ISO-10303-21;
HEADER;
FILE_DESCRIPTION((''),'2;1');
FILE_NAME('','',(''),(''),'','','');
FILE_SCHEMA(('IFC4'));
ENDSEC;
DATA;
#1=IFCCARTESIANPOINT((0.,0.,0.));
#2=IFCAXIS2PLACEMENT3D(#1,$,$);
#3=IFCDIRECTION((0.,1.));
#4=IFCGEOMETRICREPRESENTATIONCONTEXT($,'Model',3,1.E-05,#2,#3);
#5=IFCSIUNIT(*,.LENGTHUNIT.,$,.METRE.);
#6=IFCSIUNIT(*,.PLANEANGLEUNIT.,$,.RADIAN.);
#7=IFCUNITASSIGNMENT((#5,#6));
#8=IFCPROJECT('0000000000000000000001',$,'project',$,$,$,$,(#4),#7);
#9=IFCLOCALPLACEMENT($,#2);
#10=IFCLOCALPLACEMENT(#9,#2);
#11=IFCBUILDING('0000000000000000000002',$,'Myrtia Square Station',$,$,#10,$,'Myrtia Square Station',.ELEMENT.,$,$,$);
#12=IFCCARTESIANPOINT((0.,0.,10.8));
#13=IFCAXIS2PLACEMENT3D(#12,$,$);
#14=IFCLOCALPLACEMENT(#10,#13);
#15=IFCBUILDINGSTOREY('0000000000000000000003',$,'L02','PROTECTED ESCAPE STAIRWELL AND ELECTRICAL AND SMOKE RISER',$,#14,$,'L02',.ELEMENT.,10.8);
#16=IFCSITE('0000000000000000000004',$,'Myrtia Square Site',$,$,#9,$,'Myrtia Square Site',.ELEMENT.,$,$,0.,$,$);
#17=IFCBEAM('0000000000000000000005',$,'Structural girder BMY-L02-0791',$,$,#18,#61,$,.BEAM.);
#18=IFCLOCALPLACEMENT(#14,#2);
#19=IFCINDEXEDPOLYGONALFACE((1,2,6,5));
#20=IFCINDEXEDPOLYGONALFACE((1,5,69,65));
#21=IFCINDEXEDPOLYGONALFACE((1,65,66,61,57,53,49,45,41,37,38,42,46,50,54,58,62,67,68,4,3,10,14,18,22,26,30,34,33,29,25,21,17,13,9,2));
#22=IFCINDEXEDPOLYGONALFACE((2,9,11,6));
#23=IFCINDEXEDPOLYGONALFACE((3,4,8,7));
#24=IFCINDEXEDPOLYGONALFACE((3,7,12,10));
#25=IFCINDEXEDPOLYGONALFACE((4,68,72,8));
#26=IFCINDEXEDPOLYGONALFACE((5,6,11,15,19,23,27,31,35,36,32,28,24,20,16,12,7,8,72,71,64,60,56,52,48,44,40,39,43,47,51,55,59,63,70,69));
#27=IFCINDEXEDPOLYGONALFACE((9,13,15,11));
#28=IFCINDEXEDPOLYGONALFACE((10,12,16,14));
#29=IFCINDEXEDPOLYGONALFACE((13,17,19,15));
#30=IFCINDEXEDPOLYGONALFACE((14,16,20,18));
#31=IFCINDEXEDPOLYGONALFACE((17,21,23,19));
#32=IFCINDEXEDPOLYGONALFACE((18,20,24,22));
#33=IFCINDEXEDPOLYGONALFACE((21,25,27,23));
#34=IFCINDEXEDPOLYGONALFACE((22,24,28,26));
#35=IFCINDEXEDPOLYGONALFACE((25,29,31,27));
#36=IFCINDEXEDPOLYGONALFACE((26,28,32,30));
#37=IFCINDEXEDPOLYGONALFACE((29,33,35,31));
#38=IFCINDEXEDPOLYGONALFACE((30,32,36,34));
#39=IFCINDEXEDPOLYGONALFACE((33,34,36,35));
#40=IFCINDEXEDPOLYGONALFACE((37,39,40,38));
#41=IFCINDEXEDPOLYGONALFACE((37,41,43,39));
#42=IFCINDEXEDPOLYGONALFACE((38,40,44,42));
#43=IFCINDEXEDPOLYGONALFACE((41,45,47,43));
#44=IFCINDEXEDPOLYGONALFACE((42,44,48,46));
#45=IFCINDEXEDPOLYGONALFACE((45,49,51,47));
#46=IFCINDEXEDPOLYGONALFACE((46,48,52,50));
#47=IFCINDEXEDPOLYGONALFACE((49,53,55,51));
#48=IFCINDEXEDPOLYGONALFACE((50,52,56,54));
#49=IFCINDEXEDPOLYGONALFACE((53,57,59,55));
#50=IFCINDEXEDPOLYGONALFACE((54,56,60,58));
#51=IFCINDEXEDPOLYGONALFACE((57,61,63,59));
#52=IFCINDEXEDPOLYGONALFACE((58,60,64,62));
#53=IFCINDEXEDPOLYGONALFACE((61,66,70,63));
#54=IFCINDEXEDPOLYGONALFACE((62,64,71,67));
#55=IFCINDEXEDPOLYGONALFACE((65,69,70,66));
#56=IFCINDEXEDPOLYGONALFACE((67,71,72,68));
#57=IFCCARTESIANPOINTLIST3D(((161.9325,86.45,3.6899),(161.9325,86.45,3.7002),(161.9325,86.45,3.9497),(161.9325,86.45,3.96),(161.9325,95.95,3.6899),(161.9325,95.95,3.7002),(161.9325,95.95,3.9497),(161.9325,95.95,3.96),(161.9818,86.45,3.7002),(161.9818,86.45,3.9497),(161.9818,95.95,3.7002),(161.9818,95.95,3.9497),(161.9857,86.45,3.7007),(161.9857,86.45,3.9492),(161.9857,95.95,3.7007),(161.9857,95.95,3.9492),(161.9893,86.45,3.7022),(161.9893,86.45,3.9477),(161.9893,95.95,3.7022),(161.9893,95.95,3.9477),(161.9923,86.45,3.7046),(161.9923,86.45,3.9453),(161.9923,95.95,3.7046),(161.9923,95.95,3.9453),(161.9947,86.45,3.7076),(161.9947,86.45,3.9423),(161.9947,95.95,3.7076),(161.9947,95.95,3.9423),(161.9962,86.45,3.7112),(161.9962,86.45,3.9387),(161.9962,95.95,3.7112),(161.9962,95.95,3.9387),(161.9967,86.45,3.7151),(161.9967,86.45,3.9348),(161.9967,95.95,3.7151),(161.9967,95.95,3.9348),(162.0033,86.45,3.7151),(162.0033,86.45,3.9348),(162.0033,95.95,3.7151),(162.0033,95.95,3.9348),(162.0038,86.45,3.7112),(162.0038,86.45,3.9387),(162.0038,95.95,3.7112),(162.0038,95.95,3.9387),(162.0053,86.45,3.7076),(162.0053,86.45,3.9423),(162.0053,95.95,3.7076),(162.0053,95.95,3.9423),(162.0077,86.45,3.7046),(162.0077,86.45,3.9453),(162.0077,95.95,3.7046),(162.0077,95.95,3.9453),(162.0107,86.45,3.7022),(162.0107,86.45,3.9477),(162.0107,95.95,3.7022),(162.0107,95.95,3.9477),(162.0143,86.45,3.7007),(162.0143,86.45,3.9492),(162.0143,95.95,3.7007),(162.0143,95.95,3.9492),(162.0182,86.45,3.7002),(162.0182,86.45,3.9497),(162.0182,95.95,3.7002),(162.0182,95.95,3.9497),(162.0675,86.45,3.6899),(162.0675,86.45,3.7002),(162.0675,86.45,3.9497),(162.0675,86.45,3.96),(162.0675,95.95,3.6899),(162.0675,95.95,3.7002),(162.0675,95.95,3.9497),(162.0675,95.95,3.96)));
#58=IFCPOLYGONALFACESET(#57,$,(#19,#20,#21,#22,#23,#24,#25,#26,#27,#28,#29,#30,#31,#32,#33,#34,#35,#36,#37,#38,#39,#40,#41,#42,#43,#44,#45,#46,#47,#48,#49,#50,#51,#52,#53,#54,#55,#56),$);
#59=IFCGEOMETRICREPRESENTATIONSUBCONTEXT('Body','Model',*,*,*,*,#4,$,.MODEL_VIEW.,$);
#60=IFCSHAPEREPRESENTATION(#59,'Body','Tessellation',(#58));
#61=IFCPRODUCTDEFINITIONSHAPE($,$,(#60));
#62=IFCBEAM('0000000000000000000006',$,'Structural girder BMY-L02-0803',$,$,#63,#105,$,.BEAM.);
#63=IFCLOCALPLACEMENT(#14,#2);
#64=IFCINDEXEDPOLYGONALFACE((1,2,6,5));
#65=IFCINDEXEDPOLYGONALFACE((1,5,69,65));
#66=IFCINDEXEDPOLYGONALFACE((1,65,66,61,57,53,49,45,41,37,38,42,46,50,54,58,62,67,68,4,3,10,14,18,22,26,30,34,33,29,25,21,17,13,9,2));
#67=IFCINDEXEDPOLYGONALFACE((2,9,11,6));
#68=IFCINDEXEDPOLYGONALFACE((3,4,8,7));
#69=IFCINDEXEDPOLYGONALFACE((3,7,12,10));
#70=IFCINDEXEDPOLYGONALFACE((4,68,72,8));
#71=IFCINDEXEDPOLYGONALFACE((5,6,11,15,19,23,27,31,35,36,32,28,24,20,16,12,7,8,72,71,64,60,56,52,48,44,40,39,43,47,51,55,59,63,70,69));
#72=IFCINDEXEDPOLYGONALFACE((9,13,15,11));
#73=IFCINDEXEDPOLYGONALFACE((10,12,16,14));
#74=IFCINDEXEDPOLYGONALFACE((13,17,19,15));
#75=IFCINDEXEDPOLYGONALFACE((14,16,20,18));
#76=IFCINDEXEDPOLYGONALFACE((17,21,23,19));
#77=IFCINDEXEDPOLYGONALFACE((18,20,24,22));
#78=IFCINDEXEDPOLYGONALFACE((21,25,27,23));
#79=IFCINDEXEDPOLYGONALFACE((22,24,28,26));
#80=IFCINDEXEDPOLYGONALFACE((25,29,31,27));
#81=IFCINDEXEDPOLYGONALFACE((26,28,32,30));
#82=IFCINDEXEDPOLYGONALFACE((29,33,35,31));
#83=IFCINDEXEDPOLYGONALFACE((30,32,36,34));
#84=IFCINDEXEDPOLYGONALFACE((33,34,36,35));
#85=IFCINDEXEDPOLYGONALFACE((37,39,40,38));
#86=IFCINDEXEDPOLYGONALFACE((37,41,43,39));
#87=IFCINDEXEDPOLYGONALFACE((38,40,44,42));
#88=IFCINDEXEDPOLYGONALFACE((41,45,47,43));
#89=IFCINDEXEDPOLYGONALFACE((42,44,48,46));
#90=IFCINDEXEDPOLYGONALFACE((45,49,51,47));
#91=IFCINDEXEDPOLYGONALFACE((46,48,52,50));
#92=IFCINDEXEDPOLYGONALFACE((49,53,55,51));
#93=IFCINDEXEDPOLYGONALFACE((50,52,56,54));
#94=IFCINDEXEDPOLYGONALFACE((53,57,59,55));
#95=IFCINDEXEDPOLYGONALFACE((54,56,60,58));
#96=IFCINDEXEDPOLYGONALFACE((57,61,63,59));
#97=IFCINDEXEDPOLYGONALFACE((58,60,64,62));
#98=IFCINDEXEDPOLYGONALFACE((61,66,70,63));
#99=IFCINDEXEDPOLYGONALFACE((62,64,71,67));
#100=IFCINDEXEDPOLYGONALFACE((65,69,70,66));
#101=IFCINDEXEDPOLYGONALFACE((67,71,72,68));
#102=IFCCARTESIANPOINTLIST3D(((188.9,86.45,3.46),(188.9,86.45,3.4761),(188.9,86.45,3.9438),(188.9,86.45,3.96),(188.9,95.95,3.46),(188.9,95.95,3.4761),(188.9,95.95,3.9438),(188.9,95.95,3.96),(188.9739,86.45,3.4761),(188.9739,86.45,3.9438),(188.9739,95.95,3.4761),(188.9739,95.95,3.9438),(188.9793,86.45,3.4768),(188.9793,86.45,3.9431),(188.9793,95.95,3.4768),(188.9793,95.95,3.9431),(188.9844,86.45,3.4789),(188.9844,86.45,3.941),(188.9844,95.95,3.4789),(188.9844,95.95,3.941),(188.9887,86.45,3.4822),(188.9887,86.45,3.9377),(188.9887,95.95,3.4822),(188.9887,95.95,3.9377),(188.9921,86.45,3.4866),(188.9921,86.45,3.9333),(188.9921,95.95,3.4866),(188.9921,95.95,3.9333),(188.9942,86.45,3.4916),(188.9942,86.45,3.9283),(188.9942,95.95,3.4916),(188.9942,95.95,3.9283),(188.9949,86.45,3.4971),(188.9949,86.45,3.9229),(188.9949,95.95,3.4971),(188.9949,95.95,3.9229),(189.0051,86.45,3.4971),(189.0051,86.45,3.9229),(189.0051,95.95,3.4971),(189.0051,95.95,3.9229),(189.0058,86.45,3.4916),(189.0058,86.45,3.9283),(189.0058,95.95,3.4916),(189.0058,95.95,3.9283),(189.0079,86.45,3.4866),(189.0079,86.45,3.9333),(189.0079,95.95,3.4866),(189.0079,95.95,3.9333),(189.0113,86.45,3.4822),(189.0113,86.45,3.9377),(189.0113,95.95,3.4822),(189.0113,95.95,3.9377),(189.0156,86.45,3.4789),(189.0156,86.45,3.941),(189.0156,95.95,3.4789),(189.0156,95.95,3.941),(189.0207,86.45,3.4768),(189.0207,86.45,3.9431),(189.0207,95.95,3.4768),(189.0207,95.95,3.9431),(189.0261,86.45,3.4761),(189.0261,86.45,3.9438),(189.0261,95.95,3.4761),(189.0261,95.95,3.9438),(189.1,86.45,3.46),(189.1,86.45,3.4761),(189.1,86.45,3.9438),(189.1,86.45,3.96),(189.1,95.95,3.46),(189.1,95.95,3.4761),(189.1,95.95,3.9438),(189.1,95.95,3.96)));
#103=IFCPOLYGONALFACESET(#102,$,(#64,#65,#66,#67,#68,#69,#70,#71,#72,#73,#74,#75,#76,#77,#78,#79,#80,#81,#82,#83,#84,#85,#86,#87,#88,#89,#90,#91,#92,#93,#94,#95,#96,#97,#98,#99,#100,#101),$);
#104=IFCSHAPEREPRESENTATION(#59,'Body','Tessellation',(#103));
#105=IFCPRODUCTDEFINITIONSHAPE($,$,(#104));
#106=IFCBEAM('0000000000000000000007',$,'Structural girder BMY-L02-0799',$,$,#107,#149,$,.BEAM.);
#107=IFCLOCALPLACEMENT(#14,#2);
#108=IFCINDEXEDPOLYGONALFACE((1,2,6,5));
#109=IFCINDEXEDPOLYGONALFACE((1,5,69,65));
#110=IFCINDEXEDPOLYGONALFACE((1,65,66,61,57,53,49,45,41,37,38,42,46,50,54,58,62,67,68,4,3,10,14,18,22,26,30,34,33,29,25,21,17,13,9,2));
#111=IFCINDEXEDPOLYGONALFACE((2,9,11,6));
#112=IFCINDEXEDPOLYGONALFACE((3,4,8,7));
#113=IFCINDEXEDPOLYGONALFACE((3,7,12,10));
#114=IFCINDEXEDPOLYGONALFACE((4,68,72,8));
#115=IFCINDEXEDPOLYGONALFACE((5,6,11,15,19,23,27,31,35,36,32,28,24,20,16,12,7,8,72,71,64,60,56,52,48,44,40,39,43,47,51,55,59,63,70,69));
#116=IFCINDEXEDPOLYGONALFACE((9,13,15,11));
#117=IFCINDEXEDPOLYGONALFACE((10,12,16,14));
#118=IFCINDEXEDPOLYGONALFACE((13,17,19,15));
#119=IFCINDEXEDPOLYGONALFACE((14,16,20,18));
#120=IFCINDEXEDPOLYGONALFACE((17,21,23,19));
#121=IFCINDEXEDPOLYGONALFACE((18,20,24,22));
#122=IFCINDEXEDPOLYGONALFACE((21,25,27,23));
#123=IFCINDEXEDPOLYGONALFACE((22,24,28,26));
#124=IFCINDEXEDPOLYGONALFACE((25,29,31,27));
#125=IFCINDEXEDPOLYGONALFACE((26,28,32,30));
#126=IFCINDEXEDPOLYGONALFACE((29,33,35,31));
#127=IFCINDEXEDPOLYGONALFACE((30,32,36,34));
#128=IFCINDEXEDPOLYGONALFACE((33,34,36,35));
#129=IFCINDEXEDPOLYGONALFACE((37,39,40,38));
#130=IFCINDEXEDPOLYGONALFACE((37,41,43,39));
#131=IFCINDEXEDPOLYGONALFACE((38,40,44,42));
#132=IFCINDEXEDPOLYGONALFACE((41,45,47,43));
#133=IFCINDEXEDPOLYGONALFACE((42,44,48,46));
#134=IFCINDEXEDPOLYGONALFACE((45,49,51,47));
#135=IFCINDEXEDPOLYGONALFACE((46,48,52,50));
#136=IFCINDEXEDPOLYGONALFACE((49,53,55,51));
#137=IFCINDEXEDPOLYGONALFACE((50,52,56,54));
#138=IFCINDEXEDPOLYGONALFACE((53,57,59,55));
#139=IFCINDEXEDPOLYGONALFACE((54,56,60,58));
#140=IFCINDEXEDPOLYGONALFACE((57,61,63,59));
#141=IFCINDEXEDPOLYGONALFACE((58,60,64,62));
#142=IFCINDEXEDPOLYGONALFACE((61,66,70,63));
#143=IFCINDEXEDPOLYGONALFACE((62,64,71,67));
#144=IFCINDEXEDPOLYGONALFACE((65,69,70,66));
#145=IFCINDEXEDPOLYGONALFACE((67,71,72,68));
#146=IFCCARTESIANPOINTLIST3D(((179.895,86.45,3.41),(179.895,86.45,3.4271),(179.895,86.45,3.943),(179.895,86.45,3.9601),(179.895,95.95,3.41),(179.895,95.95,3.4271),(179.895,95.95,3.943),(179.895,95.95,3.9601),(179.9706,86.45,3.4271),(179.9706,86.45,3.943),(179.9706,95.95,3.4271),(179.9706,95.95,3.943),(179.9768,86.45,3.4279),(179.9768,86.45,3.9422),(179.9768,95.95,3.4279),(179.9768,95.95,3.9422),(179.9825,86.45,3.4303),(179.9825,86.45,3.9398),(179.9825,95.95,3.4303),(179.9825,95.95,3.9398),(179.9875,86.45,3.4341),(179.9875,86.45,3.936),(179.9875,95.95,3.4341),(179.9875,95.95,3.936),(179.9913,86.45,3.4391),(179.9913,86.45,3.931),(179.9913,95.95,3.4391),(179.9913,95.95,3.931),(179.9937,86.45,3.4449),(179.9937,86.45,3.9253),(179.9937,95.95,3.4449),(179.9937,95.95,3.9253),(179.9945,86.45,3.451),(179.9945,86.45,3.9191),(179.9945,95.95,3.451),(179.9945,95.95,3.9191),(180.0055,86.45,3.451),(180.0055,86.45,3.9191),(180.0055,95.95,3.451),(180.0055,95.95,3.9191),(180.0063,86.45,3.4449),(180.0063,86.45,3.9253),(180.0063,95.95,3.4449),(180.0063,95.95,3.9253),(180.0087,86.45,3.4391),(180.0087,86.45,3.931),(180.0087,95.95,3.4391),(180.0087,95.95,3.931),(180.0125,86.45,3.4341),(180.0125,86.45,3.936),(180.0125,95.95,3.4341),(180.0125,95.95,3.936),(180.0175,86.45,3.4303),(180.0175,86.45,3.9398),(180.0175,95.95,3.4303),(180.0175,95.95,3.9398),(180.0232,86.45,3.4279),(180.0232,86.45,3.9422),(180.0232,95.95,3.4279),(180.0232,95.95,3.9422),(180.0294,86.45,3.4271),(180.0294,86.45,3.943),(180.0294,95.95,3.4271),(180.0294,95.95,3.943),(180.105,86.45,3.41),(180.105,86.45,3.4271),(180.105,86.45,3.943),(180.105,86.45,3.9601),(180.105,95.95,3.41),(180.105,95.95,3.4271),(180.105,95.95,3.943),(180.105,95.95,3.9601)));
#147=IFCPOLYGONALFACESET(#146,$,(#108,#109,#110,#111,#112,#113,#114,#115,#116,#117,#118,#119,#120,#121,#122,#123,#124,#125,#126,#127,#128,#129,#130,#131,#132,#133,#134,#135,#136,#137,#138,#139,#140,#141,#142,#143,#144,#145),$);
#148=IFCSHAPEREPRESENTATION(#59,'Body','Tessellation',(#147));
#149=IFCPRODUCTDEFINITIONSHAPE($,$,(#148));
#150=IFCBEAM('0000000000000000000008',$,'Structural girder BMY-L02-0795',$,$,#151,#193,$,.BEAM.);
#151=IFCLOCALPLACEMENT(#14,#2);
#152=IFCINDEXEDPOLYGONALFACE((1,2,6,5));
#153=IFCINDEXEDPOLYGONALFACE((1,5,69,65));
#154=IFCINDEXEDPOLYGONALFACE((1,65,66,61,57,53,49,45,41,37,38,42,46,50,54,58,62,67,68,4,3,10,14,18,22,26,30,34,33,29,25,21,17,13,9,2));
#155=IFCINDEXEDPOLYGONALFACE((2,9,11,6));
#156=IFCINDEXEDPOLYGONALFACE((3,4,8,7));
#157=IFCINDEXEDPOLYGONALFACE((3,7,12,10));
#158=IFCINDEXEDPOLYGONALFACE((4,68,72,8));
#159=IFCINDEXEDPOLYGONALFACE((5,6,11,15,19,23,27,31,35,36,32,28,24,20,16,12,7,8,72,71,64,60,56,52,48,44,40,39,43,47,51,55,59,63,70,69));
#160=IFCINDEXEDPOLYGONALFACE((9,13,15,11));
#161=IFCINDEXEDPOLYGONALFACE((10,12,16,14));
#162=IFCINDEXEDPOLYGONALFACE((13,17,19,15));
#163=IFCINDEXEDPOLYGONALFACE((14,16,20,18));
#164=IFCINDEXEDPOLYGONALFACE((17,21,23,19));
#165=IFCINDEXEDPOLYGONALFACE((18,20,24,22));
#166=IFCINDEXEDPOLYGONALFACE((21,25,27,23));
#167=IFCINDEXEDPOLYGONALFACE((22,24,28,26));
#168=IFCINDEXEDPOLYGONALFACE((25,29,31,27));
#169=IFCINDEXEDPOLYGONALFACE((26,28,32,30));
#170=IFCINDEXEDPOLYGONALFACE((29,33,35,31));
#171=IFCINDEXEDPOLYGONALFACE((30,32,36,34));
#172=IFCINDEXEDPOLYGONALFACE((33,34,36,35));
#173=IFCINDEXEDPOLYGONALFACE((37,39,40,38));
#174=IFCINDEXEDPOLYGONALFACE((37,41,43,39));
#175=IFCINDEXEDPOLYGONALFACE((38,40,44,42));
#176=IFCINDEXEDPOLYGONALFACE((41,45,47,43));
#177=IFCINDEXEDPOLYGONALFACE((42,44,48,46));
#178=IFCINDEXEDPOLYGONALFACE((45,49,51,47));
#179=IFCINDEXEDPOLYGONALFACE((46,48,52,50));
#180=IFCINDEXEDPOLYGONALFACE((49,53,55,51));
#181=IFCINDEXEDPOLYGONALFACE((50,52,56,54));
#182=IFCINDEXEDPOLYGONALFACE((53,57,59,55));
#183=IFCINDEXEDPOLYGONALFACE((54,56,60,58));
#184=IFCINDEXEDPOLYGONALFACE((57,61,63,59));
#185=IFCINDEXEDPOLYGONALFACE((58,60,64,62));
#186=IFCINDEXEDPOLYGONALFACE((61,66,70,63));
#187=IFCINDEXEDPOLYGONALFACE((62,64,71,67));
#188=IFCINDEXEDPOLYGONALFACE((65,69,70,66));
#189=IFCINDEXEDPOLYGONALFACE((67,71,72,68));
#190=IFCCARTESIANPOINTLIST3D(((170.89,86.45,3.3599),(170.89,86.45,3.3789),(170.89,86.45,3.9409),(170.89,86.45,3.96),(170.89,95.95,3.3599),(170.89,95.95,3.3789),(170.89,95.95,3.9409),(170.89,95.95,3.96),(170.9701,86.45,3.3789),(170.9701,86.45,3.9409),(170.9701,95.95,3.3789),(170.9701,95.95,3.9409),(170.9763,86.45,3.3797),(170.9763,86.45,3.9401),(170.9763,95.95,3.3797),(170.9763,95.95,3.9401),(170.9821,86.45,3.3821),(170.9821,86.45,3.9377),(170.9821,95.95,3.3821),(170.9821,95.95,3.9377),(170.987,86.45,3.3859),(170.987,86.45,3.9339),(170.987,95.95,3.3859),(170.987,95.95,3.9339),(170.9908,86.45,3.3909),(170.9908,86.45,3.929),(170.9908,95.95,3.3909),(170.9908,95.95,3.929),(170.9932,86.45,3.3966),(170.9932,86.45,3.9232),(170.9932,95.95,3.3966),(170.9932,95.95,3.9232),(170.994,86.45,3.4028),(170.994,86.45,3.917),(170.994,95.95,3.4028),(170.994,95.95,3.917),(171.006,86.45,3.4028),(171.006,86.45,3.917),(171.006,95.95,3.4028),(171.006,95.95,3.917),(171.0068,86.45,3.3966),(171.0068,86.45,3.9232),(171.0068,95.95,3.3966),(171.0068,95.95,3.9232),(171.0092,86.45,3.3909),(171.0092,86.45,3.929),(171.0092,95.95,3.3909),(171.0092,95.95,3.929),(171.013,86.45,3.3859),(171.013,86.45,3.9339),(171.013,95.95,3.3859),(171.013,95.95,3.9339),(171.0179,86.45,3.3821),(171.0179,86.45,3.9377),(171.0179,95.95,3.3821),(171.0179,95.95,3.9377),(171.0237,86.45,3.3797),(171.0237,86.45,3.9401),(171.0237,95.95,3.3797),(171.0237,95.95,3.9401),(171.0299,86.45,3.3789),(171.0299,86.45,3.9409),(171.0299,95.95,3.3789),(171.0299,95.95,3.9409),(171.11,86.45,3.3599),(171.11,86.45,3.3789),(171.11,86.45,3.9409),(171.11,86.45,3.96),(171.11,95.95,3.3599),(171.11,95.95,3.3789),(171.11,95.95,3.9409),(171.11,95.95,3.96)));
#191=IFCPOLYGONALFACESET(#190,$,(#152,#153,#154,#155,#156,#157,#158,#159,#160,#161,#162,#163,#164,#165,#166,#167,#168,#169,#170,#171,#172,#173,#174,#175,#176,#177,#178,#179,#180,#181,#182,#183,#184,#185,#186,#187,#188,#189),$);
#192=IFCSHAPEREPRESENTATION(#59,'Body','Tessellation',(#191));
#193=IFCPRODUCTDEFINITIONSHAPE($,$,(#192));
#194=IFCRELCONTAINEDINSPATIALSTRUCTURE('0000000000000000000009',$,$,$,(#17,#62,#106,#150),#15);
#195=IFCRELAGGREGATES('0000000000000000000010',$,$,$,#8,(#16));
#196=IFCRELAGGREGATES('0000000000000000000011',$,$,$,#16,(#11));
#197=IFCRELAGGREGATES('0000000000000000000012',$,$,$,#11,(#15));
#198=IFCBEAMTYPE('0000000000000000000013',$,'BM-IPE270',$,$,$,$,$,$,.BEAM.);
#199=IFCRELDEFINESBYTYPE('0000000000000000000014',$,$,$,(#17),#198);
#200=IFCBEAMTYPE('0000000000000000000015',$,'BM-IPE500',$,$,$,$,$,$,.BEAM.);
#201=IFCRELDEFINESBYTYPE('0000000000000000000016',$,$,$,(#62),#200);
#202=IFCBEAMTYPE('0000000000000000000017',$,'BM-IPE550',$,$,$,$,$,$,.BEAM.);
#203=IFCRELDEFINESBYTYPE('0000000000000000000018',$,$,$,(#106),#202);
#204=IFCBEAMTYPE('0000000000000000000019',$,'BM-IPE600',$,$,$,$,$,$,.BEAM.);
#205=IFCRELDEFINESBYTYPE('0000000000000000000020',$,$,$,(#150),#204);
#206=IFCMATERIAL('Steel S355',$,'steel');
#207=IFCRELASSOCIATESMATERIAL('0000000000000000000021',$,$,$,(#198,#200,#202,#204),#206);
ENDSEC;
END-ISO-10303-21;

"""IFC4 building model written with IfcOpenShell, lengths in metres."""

from ifc_helpers import new_model, si_unit, direction, frame, origin, origin_2d, place, context, subcontext, project, spatial, i_section, extrude, material, material_profile, profile_set, type_object, element, save


model = new_model("IFC4")

# Units and contexts
model_context = context("Model", 3, precision=1e-05, world=origin(), true_north=direction((0.0, 1.0)))
body_context = subcontext(model_context, "Body", "Model", "MODEL_VIEW")
ifc_project = project(units=[si_unit("LENGTHUNIT", "METRE"), si_unit("PLANEANGLEUNIT", "RADIAN")], contexts=[model_context])

# Site, building, storey
site_placement = place(None, origin())
site = spatial("IfcSite", under=ifc_project, at=site_placement, Name="Myrtia Square Site", LongName="Myrtia Square Site", CompositionType="ELEMENT", RefElevation=0.0)
building_placement = place(site_placement, origin())
building = spatial("IfcBuilding", under=site, at=building_placement, Name="Myrtia Square Station", LongName="Myrtia Square Station", CompositionType="ELEMENT")
storey_placement = place(building_placement, frame((0.0, 0.0, 10.8)))
storey = spatial("IfcBuildingStorey", under=building, at=storey_placement, Name="L02", Description="PROTECTED ESCAPE STAIRWELL AND ELECTRICAL AND SMOKE RISER", LongName="L02", CompositionType="ELEMENT", Elevation=10.8)

# Shared definitions
ifc_material_1 = material(Name="Steel S355", Category="steel")

# Beams
ifc_material_profile_1 = material_profile(ifc_material_1, i_section(OverallWidth=0.135, OverallDepth=0.27, WebThickness=0.0066, FlangeThickness=0.0103, FilletRadius=0.0149, at=origin_2d()), Name="IPE 270")
ifc_profile_set_1 = profile_set([ifc_material_profile_1], Name="Steel S355")
beam_type_1 = type_object("IfcBeamType", Name="BM-IPE270", PredefinedType="BEAM", material=ifc_profile_set_1)
beam_1_placement = place(storey_placement, frame((162.0, 86.45, 3.825), z_axis=(0.0, 1.0, 0.0), x_axis=(-1.0, 0.0, 0.0)))
element("IfcBeam", 1, at=beam_1_placement, inside=storey, type_object=beam_type_1, Name="Structural girder BMY-L02-0791", PredefinedType="BEAM", context=body_context, shape_type="SweptSolid", body=[
    extrude(i_section(OverallWidth=0.135, OverallDepth=0.27, WebThickness=0.0066, FlangeThickness=0.0103, FilletRadius=0.0149, at=origin_2d()), origin(), (0.0, 0.0, 1.0), 9.5),
])
ifc_material_profile_2 = material_profile(ifc_material_1, i_section(OverallWidth=0.2, OverallDepth=0.5, WebThickness=0.0103, FlangeThickness=0.0161, FilletRadius=0.021, at=origin_2d()), Name="IPE 500")
ifc_profile_set_2 = profile_set([ifc_material_profile_2], Name="Steel S355")
beam_type_2 = type_object("IfcBeamType", Name="BM-IPE500", PredefinedType="BEAM", material=ifc_profile_set_2)
beam_2_placement = place(storey_placement, frame((189.0, 86.45, 3.71), z_axis=(0.0, 1.0, 0.0), x_axis=(-1.0, 0.0, 0.0)))
element("IfcBeam", 2, at=beam_2_placement, inside=storey, type_object=beam_type_2, Name="Structural girder BMY-L02-0803", PredefinedType="BEAM", context=body_context, shape_type="SweptSolid", body=[
    extrude(i_section(OverallWidth=0.2, OverallDepth=0.5, WebThickness=0.0103, FlangeThickness=0.0161, FilletRadius=0.021, at=origin_2d()), origin(), (0.0, 0.0, 1.0), 9.5),
])
ifc_material_profile_3 = material_profile(ifc_material_1, i_section(OverallWidth=0.21, OverallDepth=0.55, WebThickness=0.011, FlangeThickness=0.0171, FilletRadius=0.0239, at=origin_2d()), Name="IPE 550")
ifc_profile_set_3 = profile_set([ifc_material_profile_3], Name="Steel S355")
beam_type_3 = type_object("IfcBeamType", Name="BM-IPE550", PredefinedType="BEAM", material=ifc_profile_set_3)
beam_3_placement = place(storey_placement, frame((180.0, 86.45, 3.6851), z_axis=(0.0, 1.0, 0.0), x_axis=(-1.0, 0.0, 0.0)))
element("IfcBeam", 3, at=beam_3_placement, inside=storey, type_object=beam_type_3, Name="Structural girder BMY-L02-0799", PredefinedType="BEAM", context=body_context, shape_type="SweptSolid", body=[
    extrude(i_section(OverallWidth=0.21, OverallDepth=0.55, WebThickness=0.011, FlangeThickness=0.0171, FilletRadius=0.0239, at=origin_2d()), origin(), (0.0, 0.0, 1.0), 9.5),
])
ifc_material_profile_4 = material_profile(ifc_material_1, i_section(OverallWidth=0.22, OverallDepth=0.6001, WebThickness=0.012, FlangeThickness=0.019, FilletRadius=0.0239, at=origin_2d()), Name="IPE 600")
ifc_profile_set_4 = profile_set([ifc_material_profile_4], Name="Steel S355")
beam_type_4 = type_object("IfcBeamType", Name="BM-IPE600", PredefinedType="BEAM", material=ifc_profile_set_4)
beam_4_placement = place(storey_placement, frame((171.0, 86.45, 3.6599), z_axis=(0.0, 1.0, 0.0), x_axis=(-1.0, 0.0, 0.0)))
element("IfcBeam", 4, at=beam_4_placement, inside=storey, type_object=beam_type_4, Name="Structural girder BMY-L02-0795", PredefinedType="BEAM", context=body_context, shape_type="SweptSolid", body=[
    extrude(i_section(OverallWidth=0.22, OverallDepth=0.6001, WebThickness=0.012, FlangeThickness=0.019, FilletRadius=0.0239, at=origin_2d()), origin(), (0.0, 0.0, 1.0), 9.5),
])

save(model, "model.ifc")
